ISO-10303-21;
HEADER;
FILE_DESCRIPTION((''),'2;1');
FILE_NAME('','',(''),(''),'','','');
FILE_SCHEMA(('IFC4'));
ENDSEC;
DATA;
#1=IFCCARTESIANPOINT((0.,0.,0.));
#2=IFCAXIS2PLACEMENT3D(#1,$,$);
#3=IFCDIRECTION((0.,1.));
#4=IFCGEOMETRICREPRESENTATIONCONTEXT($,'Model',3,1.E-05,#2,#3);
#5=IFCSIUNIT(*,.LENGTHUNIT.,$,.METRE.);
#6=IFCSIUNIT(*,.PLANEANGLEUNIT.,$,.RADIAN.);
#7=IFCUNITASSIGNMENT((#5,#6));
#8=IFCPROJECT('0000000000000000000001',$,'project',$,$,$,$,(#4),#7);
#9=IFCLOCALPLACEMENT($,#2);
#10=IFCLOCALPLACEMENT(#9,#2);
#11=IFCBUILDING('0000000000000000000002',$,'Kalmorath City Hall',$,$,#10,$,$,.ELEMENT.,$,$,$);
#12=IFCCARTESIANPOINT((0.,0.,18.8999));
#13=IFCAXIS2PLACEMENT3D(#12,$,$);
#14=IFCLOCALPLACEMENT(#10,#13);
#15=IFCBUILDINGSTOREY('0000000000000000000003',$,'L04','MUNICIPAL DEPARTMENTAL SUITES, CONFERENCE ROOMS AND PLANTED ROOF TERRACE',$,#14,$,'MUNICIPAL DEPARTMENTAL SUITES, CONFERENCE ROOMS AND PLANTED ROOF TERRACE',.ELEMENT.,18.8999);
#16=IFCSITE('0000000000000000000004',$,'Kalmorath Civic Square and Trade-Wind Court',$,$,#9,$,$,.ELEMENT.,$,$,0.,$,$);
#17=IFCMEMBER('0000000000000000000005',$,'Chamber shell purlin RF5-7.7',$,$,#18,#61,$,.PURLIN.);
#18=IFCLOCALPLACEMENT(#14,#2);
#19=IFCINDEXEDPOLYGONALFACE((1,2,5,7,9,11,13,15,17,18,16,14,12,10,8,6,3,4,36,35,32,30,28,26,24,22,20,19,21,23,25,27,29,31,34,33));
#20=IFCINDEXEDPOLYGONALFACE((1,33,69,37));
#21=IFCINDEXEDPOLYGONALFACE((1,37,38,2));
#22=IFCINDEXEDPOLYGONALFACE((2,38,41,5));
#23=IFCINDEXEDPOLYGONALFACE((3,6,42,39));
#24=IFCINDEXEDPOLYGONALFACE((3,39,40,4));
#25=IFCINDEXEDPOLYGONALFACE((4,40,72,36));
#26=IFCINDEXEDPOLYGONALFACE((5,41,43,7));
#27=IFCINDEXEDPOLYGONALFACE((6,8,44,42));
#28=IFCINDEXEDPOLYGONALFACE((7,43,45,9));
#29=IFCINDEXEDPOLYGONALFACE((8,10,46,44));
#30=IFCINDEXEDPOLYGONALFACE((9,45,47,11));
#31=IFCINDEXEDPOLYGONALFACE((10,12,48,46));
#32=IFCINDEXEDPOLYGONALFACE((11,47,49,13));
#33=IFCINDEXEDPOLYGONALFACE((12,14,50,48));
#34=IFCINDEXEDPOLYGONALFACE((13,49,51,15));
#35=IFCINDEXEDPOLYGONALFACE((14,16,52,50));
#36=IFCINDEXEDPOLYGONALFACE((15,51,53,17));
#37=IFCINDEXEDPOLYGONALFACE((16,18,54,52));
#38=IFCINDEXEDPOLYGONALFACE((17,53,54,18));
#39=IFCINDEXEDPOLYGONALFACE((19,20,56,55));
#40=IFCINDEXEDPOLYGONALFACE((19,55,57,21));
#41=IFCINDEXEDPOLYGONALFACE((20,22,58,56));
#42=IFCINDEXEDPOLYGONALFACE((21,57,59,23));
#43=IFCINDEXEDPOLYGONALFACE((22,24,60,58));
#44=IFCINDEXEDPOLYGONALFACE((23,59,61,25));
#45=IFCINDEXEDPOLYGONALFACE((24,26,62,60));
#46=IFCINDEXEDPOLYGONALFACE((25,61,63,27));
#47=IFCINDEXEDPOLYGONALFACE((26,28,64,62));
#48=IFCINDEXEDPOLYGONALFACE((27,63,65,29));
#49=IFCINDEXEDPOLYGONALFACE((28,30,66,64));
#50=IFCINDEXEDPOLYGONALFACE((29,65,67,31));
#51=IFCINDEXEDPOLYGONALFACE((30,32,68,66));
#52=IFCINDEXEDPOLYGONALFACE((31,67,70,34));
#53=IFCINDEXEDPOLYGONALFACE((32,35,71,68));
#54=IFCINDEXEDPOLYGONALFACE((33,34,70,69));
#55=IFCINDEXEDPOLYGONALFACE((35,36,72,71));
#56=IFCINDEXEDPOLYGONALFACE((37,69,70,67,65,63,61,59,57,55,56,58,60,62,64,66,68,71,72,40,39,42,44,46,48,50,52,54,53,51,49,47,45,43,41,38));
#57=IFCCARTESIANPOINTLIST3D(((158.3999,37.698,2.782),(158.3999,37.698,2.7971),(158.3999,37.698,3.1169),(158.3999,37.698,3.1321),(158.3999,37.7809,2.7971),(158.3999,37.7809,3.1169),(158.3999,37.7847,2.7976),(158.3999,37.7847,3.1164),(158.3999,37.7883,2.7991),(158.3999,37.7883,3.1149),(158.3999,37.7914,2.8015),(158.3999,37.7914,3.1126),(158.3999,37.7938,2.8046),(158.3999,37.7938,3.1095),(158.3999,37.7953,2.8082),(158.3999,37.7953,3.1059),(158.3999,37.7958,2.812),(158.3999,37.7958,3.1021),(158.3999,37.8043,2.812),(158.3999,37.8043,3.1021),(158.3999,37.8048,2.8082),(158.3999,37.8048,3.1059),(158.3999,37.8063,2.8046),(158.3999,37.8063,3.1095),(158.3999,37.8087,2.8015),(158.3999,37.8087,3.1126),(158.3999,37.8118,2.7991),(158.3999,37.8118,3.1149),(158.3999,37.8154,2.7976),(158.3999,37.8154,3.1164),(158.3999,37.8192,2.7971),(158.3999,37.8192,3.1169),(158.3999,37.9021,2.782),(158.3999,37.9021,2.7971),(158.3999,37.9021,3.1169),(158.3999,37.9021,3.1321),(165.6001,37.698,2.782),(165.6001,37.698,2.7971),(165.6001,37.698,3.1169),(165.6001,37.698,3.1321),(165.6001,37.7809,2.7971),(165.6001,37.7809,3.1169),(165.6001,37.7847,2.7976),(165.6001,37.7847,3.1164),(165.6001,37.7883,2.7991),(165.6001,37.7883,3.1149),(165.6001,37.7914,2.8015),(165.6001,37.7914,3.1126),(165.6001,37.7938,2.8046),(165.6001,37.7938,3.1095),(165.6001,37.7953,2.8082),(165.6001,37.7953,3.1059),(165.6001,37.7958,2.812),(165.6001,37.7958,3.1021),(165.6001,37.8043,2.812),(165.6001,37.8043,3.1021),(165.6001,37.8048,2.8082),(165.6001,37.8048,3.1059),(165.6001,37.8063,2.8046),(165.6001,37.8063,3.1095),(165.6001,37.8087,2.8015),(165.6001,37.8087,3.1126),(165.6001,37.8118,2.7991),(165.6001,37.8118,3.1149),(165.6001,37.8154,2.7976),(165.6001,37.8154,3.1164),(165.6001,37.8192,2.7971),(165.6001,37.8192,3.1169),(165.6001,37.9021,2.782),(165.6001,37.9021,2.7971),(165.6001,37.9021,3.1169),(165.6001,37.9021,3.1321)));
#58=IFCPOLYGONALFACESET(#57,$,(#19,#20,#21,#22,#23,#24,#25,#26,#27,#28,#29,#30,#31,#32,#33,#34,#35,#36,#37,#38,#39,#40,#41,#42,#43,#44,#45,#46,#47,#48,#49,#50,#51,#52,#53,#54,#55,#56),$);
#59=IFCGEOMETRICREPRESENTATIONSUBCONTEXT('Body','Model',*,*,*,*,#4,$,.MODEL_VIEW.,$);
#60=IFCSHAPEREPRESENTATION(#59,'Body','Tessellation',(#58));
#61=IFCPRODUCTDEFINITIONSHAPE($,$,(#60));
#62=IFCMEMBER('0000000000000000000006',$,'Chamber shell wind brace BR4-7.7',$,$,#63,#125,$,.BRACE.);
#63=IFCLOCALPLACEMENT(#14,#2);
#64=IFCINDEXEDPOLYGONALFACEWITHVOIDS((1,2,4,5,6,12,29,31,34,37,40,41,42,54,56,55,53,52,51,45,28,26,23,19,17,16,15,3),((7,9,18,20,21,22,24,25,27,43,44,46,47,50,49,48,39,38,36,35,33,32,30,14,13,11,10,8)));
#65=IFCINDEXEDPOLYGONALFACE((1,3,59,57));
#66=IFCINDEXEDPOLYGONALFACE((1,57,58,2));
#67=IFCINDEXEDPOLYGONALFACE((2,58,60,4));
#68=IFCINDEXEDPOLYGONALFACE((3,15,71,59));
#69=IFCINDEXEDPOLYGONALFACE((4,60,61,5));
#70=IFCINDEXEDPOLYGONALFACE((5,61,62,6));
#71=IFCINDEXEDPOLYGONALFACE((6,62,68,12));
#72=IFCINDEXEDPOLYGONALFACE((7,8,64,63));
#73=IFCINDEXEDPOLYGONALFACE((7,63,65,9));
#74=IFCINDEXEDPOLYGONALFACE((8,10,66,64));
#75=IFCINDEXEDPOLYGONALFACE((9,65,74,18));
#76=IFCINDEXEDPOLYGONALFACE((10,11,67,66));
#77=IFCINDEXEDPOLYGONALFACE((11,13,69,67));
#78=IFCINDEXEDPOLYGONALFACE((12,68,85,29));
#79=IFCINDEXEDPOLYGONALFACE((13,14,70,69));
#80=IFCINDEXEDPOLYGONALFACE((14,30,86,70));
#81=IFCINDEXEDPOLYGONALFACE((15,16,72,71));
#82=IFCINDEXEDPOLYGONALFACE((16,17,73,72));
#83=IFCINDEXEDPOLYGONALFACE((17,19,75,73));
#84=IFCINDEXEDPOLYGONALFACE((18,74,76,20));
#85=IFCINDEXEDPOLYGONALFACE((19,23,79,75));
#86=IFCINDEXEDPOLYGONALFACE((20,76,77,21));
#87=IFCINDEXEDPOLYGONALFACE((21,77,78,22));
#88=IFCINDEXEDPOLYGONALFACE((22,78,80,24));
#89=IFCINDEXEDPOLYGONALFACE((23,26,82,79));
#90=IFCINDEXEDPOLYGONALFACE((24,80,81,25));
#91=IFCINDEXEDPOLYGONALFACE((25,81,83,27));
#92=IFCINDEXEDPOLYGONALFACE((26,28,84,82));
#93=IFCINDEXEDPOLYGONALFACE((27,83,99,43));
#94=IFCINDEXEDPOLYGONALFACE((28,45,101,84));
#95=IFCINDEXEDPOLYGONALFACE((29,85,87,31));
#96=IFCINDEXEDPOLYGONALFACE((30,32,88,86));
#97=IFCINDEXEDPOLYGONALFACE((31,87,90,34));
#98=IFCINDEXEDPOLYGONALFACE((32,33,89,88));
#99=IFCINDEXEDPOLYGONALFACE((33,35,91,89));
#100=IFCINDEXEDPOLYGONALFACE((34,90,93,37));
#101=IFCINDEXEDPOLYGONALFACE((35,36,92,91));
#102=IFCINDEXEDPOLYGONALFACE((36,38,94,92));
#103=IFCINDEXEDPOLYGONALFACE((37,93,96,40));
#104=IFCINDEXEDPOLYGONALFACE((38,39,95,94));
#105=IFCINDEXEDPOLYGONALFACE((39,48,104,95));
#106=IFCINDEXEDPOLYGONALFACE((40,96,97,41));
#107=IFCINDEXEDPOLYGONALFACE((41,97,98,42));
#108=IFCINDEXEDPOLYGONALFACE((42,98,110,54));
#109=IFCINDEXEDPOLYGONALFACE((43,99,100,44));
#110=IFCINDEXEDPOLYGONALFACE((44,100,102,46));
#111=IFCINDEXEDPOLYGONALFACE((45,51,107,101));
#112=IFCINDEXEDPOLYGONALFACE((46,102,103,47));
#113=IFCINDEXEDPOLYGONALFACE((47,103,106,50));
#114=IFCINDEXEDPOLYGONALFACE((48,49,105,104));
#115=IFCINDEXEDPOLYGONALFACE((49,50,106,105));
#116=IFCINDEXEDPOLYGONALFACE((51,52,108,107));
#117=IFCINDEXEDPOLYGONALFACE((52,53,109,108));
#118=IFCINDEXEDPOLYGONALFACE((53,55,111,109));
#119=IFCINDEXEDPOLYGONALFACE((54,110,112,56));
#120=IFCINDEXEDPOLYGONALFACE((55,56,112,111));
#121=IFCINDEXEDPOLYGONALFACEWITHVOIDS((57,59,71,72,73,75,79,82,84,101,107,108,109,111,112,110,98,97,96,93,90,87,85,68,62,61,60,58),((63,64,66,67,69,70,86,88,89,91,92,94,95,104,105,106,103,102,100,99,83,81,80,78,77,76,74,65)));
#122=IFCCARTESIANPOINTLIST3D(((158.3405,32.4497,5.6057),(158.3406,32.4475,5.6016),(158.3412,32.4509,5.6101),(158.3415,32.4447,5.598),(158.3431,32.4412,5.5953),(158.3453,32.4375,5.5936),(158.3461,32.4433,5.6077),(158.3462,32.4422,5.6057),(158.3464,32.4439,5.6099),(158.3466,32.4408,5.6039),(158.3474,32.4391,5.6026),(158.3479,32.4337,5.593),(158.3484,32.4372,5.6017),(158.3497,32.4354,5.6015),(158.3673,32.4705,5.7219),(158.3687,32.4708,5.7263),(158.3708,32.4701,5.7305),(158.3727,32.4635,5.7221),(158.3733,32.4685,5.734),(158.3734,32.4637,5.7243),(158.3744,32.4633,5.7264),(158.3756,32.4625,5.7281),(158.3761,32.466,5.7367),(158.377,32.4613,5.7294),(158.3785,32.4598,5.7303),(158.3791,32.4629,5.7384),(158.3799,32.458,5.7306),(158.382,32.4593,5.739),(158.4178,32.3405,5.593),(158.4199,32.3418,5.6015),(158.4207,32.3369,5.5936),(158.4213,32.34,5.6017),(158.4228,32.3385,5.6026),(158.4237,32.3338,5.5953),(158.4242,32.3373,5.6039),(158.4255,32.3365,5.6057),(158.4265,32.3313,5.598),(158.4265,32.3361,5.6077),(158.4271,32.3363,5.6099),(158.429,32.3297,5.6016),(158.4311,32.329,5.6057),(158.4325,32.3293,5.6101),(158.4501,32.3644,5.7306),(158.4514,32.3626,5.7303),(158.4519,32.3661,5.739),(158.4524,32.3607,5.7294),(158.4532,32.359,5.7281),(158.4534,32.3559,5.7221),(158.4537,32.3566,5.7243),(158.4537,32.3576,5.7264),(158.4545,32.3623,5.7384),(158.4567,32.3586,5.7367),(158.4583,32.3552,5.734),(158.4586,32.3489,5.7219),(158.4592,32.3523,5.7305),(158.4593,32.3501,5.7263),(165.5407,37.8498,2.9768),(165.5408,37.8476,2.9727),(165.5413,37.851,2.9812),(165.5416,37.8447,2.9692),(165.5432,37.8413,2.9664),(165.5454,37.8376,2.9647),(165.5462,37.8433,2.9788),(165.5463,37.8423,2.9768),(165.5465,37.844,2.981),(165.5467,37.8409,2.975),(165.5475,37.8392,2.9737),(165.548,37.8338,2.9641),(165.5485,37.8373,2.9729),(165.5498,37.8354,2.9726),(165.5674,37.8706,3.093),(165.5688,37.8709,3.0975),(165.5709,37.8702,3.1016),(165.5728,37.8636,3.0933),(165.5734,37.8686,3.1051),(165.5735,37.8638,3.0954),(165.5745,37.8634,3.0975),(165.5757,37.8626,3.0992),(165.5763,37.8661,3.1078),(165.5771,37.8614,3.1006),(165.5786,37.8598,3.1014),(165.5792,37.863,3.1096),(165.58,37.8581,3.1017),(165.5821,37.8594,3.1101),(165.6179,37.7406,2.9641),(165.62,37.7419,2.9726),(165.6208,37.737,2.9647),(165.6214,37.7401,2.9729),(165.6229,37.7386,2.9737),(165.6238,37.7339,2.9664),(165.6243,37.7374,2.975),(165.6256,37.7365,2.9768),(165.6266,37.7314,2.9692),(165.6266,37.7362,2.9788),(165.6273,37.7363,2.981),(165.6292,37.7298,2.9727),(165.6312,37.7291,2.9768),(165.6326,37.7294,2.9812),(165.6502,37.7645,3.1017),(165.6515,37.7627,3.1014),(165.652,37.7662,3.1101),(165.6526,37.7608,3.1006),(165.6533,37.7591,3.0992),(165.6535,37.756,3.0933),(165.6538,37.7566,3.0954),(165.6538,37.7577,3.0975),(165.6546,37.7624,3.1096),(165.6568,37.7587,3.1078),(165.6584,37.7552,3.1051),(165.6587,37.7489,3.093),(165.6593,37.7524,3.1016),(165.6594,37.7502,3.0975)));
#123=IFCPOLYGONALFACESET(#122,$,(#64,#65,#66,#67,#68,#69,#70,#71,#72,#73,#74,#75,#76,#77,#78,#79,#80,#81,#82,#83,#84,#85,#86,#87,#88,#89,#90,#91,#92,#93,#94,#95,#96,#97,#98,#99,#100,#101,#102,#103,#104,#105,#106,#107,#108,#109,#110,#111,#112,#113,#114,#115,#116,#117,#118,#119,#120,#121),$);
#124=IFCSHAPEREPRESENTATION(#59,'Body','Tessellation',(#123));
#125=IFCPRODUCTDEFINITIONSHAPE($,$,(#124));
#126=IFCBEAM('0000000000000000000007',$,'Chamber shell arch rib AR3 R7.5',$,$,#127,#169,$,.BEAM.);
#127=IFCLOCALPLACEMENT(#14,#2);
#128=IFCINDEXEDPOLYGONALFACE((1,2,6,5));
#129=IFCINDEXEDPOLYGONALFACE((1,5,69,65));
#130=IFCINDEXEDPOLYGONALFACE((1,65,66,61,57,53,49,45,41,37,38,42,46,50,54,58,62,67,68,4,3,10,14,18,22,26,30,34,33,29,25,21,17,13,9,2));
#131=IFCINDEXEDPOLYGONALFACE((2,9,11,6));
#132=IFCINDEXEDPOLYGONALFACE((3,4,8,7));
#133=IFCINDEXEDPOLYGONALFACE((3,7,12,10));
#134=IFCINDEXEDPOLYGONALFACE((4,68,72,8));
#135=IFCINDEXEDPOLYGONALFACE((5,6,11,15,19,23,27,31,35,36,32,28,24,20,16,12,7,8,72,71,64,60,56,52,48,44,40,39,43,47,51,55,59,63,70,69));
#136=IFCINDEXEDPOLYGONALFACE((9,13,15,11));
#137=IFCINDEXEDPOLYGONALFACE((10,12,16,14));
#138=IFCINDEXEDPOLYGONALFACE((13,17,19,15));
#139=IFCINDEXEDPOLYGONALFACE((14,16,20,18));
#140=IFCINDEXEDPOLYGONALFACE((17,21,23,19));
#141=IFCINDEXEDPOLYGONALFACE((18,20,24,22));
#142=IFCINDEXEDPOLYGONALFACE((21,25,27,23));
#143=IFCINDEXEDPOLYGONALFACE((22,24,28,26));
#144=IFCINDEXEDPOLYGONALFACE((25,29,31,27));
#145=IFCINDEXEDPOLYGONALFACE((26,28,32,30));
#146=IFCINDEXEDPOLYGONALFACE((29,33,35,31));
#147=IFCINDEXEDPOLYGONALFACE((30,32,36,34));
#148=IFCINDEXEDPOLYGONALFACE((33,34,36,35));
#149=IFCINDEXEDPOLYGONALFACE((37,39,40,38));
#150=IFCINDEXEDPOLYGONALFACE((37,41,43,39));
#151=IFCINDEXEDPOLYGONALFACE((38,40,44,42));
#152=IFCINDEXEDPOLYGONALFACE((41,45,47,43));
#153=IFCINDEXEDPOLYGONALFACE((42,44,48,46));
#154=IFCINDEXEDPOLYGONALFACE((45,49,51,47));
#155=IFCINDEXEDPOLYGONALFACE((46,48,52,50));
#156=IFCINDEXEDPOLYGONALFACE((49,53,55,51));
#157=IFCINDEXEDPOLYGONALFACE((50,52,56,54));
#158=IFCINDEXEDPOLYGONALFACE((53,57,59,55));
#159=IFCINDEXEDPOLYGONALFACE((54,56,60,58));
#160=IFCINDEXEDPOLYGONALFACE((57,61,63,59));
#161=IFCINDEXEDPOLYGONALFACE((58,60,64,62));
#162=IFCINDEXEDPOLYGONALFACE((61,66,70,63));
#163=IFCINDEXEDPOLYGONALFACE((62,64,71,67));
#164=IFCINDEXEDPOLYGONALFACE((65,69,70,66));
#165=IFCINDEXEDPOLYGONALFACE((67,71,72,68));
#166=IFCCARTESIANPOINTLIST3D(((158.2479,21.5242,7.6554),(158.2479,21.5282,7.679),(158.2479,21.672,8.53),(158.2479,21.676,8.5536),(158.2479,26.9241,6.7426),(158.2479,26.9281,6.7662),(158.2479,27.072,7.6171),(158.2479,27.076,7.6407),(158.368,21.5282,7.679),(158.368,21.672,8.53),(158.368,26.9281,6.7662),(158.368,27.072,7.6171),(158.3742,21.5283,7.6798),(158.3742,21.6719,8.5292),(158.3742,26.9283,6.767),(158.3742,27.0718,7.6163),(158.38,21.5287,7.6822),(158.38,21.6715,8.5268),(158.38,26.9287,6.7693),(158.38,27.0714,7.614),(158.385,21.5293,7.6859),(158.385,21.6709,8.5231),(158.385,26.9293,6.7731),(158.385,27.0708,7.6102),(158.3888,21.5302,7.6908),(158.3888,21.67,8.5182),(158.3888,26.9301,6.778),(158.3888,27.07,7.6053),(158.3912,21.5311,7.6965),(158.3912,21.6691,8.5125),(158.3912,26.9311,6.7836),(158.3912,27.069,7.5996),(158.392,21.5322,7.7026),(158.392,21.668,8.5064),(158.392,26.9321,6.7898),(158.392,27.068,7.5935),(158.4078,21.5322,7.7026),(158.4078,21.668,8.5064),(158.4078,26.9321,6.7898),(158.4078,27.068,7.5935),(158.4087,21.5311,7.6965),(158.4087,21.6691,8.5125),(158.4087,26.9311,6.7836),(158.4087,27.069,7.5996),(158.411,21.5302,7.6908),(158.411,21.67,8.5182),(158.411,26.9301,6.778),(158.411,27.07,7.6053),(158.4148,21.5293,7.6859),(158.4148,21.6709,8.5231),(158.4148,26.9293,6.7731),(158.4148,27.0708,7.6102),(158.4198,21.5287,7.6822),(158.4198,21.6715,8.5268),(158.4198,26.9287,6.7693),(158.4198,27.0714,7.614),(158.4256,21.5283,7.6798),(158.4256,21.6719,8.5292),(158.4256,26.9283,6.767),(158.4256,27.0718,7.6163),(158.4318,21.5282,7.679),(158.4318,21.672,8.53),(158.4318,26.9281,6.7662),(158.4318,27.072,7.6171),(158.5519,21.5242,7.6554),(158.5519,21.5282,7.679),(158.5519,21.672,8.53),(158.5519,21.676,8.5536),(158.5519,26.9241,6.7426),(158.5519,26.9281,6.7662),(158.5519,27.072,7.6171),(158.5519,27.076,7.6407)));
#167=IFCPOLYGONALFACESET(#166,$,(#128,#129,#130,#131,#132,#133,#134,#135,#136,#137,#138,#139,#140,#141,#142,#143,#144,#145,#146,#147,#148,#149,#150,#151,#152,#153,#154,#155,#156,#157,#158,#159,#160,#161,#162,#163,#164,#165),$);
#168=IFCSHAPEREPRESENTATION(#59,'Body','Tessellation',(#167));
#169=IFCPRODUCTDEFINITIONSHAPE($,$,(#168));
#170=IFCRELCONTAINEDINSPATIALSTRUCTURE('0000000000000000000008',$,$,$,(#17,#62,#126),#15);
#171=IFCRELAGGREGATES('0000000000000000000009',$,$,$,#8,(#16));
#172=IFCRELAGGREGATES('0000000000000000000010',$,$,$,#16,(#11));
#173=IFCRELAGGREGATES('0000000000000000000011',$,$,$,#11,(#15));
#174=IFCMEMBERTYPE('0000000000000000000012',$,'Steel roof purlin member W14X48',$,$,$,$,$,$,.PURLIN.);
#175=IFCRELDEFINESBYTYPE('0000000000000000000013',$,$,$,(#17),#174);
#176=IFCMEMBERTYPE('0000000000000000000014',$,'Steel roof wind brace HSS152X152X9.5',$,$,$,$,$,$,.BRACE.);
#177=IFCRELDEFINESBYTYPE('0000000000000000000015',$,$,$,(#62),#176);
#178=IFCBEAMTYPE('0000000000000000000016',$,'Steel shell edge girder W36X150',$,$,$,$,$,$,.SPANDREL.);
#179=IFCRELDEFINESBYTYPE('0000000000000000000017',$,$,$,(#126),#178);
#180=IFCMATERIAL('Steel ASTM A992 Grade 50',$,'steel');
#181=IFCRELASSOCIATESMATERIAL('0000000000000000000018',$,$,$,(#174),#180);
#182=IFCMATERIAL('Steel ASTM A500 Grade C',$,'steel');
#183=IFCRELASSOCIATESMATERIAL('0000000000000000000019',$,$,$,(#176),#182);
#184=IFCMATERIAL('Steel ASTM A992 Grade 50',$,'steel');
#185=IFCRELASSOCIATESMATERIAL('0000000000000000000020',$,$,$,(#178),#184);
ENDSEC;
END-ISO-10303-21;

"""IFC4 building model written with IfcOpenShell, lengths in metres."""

from ifc_helpers import new_model, si_unit, direction, frame, origin, origin_2d, place, context, subcontext, project, spatial, hollow_rectangle, i_section, extrude, material, material_profile, profile_set, type_object, element, save


model = new_model("IFC4")

# Units and contexts
model_context = context("Model", 3, precision=1e-05, world=origin(), true_north=direction((0.0, 1.0)))
body_context = subcontext(model_context, "Body", "Model", "MODEL_VIEW")
ifc_project = project(units=[si_unit("LENGTHUNIT", "METRE"), si_unit("PLANEANGLEUNIT", "RADIAN")], contexts=[model_context])

# Site, building, storey
site_placement = place(None, origin())
site = spatial("IfcSite", under=ifc_project, at=site_placement, Name="Kalmorath Civic Square and Trade-Wind Court", CompositionType="ELEMENT", RefElevation=0.0)
building_placement = place(site_placement, origin())
building = spatial("IfcBuilding", under=site, at=building_placement, Name="Kalmorath City Hall", CompositionType="ELEMENT")
storey_placement = place(building_placement, frame((0.0, 0.0, 18.8999)))
storey = spatial("IfcBuildingStorey", under=building, at=storey_placement, Name="L04", Description="MUNICIPAL DEPARTMENTAL SUITES, CONFERENCE ROOMS AND PLANTED ROOF TERRACE", LongName="MUNICIPAL DEPARTMENTAL SUITES, CONFERENCE ROOMS AND PLANTED ROOF TERRACE", CompositionType="ELEMENT", Elevation=18.8999)

# Members
ifc_material_1 = material(Name="Steel ASTM A992 Grade 50", Category="steel")
ifc_material_profile_1 = material_profile(ifc_material_1, i_section(OverallWidth=0.2041, OverallDepth=0.3501, WebThickness=0.0085, FlangeThickness=0.0151, FilletRadius=0.0149, at=origin_2d()), Name="W14X48")
ifc_profile_set_1 = profile_set([ifc_material_profile_1], Name="Steel ASTM A992 Grade 50")
member_type_1 = type_object("IfcMemberType", Name="Steel roof purlin member W14X48", PredefinedType="PURLIN", material=ifc_profile_set_1)
for number, where, z_axis, x_axis, name in (
    (1, (158.3999, 37.8, 2.957), (1.0, 0.0, 0.0), (0.0, 1.0, 0.0), "Chamber shell purlin RF5-7.7"),
):
    element("IfcMember", number, at=place(storey_placement, frame(where, z_axis=z_axis, x_axis=x_axis)), inside=storey, type_object=member_type_1, Name=name, PredefinedType="PURLIN", context=body_context, shape_type="SweptSolid", body=[
        extrude(i_section(OverallWidth=0.2041, OverallDepth=0.3501, WebThickness=0.0085, FlangeThickness=0.0151, FilletRadius=0.0149, at=origin_2d()), origin(), (0.0, 0.0, 1.0), 7.2002),
    ])
ifc_material_2 = material(Name="Steel ASTM A500 Grade C", Category="steel")
ifc_material_profile_2 = material_profile(ifc_material_2, hollow_rectangle(XDim=0.1521, YDim=0.1521, WallThickness=0.0088, InnerFilletRadius=0.0088, OuterFilletRadius=0.0178, at=origin_2d()), Name="HSS152X152X9.5")
ifc_profile_set_2 = profile_set([ifc_material_profile_2], Name="Steel ASTM A500 Grade C")
member_type_2 = type_object("IfcMemberType", Name="Steel roof wind brace HSS152X152X9.5", PredefinedType="BRACE", material=ifc_profile_set_2)
member_placement = place(storey_placement, frame((158.3999, 32.3999, 5.666), z_axis=(0.767912, 0.575934, -0.280377), x_axis=(-0.6, 0.8, 0.0)))
element("IfcMember", 2, at=member_placement, inside=storey, type_object=member_type_2, Name="Chamber shell wind brace BR4-7.7", PredefinedType="BRACE", context=body_context, shape_type="SweptSolid", body=[
    extrude(hollow_rectangle(XDim=0.1521, YDim=0.1521, WallThickness=0.0088, InnerFilletRadius=0.0088, OuterFilletRadius=0.0178, at=origin_2d()), origin(), (0.0, 0.0, 1.0), 9.3762),
])

# Beam
ifc_material_3 = material(Name="Steel ASTM A992 Grade 50", Category="steel")
ifc_material_profile_3 = material_profile(ifc_material_3, i_section(OverallWidth=0.304, OverallDepth=0.9109, WebThickness=0.0159, FlangeThickness=0.0239, FilletRadius=0.0239, at=origin_2d()), Name="W36X150")
ifc_profile_set_3 = profile_set([ifc_material_profile_3], Name="Steel ASTM A992 Grade 50")
beam_type_1 = type_object("IfcBeamType", Name="Steel shell edge girder W36X150", PredefinedType="SPANDREL", material=ifc_profile_set_3)
beam_1_placement = place(storey_placement, frame((158.3999, 21.6001, 8.1045), z_axis=(0.0, 0.986011, -0.166683), x_axis=(-1.0, 0.0, 0.0)))
element("IfcBeam", 3, at=beam_1_placement, inside=storey, type_object=beam_type_1, Name="Chamber shell arch rib AR3 R7.5", PredefinedType="BEAM", context=body_context, shape_type="SweptSolid", body=[
    extrude(i_section(OverallWidth=0.304, OverallDepth=0.9109, WebThickness=0.0159, FlangeThickness=0.0239, FilletRadius=0.0239, at=origin_2d()), origin(), (0.0, 0.0, 1.0), 5.4766),
])

save(model, "model.ifc")
